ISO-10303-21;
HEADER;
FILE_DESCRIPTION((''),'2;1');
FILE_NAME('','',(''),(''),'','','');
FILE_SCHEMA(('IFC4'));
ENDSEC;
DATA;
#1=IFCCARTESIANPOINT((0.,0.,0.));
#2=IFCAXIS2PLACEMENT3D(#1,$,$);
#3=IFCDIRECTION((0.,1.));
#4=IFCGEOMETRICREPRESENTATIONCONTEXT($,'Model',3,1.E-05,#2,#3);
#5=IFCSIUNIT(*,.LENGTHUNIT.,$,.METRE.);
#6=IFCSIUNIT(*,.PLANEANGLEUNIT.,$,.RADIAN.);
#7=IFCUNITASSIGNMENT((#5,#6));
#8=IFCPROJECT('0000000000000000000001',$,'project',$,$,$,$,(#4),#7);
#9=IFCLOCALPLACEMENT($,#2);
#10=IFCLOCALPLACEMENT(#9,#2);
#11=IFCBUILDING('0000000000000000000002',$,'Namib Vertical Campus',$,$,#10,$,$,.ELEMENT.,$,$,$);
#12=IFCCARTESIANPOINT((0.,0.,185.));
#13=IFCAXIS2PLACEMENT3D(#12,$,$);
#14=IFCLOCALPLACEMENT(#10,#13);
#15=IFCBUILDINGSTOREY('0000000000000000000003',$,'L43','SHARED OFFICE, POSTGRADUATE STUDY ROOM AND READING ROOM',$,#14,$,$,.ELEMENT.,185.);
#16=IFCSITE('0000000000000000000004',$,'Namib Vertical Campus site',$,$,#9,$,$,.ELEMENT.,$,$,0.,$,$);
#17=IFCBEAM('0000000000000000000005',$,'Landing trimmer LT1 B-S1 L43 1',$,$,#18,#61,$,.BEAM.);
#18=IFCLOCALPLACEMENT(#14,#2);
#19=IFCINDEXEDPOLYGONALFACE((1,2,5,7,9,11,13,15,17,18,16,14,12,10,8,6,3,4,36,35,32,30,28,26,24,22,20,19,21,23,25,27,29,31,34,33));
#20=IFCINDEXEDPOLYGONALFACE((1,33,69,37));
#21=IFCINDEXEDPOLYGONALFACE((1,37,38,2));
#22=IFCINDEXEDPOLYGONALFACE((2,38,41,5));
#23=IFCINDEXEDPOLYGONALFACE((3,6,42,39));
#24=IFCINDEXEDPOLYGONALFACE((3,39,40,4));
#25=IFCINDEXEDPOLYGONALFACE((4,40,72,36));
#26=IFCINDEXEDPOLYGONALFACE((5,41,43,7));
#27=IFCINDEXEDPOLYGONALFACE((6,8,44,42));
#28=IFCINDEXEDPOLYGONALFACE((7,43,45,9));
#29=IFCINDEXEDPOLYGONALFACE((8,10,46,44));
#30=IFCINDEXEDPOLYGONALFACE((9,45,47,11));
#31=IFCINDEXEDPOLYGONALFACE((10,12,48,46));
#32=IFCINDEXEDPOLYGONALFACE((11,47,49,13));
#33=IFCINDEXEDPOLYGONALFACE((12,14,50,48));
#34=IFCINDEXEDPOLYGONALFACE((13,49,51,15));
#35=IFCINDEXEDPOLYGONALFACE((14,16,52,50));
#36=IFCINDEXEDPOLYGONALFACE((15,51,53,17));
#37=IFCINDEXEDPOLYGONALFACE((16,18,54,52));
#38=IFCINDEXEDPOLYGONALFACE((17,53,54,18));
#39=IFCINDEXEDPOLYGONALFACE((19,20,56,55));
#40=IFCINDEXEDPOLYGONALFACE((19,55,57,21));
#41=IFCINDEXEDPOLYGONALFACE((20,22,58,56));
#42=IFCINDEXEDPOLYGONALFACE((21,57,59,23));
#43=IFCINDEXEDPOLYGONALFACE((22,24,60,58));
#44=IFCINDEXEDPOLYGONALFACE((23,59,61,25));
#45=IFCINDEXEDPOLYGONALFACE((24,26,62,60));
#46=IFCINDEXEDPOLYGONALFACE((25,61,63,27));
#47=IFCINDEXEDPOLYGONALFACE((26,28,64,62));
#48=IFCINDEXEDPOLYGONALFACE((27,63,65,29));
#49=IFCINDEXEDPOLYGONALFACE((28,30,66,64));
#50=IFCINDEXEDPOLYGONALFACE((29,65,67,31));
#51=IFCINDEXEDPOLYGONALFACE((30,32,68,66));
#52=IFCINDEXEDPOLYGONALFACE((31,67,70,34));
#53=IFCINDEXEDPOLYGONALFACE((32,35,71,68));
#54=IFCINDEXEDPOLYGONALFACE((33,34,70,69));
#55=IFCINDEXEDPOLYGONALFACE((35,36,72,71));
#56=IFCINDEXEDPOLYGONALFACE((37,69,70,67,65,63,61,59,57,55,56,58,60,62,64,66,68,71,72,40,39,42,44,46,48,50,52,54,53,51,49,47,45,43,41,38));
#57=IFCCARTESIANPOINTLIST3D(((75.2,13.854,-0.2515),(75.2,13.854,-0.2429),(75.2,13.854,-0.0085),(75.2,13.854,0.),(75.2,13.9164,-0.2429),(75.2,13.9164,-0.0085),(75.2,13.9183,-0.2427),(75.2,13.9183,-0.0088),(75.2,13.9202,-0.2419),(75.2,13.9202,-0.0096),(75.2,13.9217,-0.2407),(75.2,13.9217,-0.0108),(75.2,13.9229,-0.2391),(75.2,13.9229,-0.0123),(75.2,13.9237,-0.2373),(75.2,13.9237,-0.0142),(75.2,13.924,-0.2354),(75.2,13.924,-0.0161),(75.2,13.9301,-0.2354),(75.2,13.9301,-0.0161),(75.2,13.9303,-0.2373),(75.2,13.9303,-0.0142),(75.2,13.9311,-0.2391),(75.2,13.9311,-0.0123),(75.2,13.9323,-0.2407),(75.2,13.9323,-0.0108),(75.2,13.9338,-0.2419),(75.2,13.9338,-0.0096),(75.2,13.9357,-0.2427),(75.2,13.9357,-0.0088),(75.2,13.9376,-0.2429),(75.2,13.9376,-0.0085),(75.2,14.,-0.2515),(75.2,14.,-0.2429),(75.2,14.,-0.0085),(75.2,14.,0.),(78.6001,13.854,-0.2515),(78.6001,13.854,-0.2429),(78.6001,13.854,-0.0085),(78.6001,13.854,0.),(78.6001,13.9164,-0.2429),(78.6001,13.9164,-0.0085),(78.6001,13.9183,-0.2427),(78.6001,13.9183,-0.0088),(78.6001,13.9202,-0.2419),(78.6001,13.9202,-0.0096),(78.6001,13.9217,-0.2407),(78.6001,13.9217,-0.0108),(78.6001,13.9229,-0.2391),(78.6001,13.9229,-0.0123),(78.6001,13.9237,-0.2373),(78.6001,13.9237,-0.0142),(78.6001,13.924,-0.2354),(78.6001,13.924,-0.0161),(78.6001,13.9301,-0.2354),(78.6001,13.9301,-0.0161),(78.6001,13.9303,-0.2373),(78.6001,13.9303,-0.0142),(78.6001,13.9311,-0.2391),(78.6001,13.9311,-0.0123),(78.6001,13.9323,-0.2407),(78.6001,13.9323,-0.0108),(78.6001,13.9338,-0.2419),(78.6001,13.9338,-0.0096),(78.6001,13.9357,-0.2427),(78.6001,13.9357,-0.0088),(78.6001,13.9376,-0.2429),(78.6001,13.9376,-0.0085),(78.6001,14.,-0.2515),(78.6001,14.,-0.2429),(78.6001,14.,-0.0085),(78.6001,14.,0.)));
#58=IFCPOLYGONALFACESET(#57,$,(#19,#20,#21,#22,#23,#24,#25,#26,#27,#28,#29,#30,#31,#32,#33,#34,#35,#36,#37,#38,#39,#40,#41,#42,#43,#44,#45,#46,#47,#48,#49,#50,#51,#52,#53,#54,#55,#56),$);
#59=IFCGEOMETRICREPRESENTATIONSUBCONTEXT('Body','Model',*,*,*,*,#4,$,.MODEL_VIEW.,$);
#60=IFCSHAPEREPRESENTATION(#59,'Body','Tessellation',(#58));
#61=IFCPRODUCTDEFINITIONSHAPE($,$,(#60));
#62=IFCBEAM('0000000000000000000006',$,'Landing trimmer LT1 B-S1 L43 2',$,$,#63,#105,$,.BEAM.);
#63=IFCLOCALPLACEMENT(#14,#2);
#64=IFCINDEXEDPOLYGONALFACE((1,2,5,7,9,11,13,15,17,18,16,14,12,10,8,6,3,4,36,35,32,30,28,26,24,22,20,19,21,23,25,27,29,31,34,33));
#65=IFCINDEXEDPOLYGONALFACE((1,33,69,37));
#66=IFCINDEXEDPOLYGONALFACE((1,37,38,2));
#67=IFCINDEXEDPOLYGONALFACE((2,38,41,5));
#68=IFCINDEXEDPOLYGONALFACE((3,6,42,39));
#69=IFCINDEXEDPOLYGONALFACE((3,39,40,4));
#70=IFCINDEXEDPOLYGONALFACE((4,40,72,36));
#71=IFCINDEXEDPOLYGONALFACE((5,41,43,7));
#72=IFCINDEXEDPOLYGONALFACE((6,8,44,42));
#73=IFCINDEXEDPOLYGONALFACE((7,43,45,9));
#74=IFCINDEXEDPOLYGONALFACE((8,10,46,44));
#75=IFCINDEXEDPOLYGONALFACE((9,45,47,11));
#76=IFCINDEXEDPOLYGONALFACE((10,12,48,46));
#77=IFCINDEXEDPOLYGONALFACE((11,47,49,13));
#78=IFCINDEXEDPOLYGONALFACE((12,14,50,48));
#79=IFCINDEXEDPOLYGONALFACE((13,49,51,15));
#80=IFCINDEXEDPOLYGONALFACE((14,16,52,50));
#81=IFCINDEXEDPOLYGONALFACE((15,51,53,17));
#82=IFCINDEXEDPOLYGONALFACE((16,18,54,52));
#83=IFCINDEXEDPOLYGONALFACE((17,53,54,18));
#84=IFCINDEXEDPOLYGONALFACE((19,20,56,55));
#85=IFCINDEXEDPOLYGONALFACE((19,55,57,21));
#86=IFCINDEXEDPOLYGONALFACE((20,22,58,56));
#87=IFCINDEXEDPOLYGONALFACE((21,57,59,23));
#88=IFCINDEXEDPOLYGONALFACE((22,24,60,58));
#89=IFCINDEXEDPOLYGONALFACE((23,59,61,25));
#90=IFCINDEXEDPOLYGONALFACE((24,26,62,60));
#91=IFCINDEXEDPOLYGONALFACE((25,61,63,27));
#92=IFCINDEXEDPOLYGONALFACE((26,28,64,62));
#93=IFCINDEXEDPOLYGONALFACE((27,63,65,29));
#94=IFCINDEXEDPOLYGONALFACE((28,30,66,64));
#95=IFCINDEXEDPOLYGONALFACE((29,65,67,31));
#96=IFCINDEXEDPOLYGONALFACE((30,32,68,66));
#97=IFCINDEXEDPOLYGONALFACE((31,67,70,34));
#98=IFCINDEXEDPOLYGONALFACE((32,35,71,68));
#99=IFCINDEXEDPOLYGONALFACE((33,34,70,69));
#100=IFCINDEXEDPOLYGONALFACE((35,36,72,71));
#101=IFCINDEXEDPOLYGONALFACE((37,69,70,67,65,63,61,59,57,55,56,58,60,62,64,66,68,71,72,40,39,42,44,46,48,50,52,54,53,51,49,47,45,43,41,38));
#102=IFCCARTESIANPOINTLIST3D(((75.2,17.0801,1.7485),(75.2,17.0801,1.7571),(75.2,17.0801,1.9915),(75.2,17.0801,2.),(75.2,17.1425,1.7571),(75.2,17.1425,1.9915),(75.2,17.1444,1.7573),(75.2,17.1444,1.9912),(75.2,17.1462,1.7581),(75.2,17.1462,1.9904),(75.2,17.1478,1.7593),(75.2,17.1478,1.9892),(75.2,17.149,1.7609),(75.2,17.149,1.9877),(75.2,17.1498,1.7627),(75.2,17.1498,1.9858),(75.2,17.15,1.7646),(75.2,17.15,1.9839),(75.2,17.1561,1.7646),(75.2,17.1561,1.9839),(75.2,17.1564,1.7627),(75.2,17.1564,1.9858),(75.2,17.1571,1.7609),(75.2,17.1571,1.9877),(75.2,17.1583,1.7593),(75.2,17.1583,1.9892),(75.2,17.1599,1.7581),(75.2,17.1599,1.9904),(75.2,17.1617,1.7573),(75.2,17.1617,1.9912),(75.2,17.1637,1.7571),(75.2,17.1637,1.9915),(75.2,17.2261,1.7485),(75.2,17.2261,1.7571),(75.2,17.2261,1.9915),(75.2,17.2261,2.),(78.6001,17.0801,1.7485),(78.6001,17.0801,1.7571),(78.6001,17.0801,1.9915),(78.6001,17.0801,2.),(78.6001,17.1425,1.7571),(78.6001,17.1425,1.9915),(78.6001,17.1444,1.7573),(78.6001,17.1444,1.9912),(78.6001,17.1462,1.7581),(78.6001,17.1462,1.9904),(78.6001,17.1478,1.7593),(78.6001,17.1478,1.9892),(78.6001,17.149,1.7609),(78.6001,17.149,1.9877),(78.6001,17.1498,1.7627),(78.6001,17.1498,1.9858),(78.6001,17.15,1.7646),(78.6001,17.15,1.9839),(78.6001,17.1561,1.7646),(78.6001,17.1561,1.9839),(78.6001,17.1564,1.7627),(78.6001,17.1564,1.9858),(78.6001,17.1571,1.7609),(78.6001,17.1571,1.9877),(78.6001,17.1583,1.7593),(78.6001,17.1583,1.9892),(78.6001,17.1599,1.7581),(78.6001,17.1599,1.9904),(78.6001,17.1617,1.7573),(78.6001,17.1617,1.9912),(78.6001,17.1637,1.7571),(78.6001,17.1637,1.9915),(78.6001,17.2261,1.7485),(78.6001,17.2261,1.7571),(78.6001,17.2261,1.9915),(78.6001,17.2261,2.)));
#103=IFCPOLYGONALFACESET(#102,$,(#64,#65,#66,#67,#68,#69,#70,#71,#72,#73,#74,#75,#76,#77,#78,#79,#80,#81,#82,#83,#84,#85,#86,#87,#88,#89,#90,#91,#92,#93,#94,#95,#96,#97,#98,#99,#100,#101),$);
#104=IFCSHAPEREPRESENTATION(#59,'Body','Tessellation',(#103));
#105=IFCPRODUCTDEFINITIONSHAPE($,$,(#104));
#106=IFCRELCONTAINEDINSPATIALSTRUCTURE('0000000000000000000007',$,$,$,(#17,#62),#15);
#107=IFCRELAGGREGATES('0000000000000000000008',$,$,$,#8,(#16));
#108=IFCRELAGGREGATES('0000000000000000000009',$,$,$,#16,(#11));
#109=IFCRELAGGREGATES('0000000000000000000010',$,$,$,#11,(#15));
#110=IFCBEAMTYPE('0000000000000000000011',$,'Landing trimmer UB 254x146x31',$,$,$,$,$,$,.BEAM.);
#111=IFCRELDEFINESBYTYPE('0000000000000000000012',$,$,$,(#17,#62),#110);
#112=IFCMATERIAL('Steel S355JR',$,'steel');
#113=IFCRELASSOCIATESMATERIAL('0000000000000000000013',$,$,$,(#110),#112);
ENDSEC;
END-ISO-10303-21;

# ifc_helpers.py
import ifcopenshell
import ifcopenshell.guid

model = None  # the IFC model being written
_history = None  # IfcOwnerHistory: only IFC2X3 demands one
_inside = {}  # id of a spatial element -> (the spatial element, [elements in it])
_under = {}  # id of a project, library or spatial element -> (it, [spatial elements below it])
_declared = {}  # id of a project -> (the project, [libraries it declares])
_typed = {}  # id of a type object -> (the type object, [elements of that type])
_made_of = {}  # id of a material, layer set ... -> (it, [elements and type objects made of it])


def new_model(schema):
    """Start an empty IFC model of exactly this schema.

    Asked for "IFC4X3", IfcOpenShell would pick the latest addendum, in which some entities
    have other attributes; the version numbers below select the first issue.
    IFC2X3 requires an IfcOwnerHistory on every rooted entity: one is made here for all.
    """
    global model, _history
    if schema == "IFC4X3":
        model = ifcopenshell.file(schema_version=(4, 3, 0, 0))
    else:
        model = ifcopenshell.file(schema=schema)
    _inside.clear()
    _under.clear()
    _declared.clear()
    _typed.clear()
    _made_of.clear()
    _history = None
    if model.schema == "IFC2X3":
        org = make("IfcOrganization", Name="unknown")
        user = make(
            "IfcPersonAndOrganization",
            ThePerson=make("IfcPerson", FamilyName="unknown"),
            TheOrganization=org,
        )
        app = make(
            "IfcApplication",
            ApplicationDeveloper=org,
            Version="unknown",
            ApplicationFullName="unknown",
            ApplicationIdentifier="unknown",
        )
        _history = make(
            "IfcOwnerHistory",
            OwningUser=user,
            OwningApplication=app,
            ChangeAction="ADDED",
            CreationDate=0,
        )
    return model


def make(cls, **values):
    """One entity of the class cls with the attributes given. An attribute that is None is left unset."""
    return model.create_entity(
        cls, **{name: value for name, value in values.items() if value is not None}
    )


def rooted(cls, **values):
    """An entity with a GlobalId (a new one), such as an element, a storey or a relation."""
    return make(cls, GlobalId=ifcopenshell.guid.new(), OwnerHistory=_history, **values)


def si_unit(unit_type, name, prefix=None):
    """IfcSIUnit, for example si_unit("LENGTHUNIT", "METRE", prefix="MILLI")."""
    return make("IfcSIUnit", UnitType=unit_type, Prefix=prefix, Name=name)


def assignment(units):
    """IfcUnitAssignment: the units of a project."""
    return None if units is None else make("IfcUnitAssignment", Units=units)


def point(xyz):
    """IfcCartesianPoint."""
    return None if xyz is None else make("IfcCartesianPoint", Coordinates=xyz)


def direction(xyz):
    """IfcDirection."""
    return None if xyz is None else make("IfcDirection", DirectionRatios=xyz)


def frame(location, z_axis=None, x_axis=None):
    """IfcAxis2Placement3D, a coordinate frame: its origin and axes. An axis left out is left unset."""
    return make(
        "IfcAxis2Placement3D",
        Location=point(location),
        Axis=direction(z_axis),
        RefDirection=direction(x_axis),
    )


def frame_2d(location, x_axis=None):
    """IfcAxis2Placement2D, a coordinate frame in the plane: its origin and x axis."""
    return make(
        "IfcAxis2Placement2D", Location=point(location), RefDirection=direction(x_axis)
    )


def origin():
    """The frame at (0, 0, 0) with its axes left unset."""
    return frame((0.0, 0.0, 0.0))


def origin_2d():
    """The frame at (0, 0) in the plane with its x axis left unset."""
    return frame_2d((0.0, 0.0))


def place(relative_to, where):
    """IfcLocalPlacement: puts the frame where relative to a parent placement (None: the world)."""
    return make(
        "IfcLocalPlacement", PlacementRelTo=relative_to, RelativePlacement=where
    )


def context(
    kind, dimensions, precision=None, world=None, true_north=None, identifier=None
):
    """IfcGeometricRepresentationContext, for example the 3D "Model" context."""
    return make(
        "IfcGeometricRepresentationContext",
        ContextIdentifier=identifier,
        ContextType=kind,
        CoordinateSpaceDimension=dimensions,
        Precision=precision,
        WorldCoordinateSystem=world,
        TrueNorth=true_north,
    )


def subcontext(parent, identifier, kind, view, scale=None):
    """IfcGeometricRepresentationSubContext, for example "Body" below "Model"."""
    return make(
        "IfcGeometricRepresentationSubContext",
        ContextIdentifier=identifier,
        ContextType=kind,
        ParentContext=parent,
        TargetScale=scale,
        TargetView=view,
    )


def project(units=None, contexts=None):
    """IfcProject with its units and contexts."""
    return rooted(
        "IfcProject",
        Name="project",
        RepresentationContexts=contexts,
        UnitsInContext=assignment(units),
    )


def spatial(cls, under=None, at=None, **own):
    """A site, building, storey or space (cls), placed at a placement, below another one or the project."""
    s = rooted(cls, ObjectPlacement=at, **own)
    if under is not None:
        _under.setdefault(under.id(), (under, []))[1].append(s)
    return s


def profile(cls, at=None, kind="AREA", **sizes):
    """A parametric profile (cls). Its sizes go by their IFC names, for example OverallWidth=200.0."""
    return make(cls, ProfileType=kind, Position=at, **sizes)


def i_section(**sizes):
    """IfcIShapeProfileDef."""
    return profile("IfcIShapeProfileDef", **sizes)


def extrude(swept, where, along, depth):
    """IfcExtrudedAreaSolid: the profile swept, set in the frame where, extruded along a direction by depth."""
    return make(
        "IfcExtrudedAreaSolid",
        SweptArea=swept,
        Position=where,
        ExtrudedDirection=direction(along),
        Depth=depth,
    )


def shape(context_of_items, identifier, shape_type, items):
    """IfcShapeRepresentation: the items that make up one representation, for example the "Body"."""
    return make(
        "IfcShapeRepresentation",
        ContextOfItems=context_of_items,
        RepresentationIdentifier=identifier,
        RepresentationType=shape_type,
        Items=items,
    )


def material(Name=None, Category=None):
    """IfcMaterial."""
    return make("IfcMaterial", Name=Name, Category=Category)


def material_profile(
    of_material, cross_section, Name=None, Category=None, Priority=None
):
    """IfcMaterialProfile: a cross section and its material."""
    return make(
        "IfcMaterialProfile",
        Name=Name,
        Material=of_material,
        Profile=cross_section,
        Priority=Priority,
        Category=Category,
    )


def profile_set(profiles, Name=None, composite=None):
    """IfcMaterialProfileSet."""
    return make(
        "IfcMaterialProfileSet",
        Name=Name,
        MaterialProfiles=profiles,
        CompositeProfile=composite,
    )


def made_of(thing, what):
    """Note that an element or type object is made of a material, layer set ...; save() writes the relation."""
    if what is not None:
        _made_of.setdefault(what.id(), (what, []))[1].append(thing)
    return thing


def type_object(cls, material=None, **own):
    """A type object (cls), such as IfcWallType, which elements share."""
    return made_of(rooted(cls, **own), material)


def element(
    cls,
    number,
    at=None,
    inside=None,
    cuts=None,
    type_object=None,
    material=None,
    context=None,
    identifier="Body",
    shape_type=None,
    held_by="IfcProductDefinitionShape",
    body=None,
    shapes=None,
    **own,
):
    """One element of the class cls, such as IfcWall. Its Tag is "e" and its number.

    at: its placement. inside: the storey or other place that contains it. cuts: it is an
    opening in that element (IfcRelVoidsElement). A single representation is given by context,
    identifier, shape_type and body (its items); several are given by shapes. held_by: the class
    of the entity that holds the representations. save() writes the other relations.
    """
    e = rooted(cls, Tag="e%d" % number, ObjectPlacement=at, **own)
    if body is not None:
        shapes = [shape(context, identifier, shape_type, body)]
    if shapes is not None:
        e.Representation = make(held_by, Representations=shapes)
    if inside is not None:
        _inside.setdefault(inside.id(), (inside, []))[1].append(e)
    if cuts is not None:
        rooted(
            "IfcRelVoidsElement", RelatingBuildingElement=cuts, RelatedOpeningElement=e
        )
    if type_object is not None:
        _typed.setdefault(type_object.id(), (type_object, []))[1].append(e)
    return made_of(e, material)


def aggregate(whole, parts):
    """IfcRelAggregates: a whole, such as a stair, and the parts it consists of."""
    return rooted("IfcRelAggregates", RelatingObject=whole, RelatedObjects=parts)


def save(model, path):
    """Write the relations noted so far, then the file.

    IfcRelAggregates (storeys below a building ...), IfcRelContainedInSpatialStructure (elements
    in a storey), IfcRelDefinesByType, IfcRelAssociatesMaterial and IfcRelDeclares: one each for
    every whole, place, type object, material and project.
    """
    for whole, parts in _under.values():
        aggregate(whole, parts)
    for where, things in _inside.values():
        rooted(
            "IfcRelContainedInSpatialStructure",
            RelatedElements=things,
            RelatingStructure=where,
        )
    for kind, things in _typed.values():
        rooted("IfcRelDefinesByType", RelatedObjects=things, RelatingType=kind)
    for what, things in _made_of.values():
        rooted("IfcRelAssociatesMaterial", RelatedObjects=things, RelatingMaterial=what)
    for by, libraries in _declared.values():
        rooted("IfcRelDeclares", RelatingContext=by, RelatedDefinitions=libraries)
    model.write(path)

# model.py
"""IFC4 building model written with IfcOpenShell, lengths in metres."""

from ifc_helpers import new_model, si_unit, direction, frame, origin, origin_2d, place, context, subcontext, project, spatial, i_section, extrude, material, material_profile, profile_set, type_object, element, save


model = new_model("IFC4")

# Units and contexts
model_context = context("Model", 3, precision=1e-05, world=origin(), true_north=direction((0.0, 1.0)))
body_context = subcontext(model_context, "Body", "Model", "MODEL_VIEW")
ifc_project = project(units=[si_unit("LENGTHUNIT", "METRE"), si_unit("PLANEANGLEUNIT", "RADIAN")], contexts=[model_context])

# Site, building, storey
site_placement = place(None, origin())
site = spatial("IfcSite", under=ifc_project, at=site_placement, Name="Namib Vertical Campus site", CompositionType="ELEMENT", RefElevation=0.0)
building_placement = place(site_placement, origin())
building = spatial("IfcBuilding", under=site, at=building_placement, Name="Namib Vertical Campus", CompositionType="ELEMENT")
storey_placement = place(building_placement, frame((0.0, 0.0, 185.0)))
storey = spatial("IfcBuildingStorey", under=building, at=storey_placement, Name="L43", Description="SHARED OFFICE, POSTGRADUATE STUDY ROOM AND READING ROOM", CompositionType="ELEMENT", Elevation=185.0)

# Beams
ifc_material_1 = material(Name="Steel S355JR", Category="steel")
ifc_material_profile = material_profile(ifc_material_1, i_section(OverallWidth=0.146, OverallDepth=0.2515, WebThickness=0.0061, FlangeThickness=0.0085, FilletRadius=0.0076, at=origin_2d()))
ifc_profile_set = profile_set([ifc_material_profile], Name="Steel S355JR")
beam_type = type_object("IfcBeamType", Name="Landing trimmer UB 254x146x31", PredefinedType="BEAM", material=ifc_profile_set)
for number, where, z_axis, x_axis, name in (
    (1, (75.2, 13.927, -0.1257), (1.0, 0.0, 0.0), (0.0, 1.0, 0.0), "Landing trimmer LT1 B-S1 L43 1"),
    (2, (75.2, 17.1531, 1.8743), (1.0, 0.0, 0.0), (0.0, 1.0, 0.0), "Landing trimmer LT1 B-S1 L43 2"),
):
    element("IfcBeam", number, at=place(storey_placement, frame(where, z_axis=z_axis, x_axis=x_axis)), inside=storey, type_object=beam_type, Name=name, PredefinedType="BEAM", context=body_context, shape_type="SweptSolid", body=[
        extrude(i_section(OverallWidth=0.146, OverallDepth=0.2515, WebThickness=0.0061, FlangeThickness=0.0085, FilletRadius=0.0076, at=origin_2d()), origin(), (0.0, 0.0, 1.0), 3.4001),
    ])

save(model, "model.ifc")
